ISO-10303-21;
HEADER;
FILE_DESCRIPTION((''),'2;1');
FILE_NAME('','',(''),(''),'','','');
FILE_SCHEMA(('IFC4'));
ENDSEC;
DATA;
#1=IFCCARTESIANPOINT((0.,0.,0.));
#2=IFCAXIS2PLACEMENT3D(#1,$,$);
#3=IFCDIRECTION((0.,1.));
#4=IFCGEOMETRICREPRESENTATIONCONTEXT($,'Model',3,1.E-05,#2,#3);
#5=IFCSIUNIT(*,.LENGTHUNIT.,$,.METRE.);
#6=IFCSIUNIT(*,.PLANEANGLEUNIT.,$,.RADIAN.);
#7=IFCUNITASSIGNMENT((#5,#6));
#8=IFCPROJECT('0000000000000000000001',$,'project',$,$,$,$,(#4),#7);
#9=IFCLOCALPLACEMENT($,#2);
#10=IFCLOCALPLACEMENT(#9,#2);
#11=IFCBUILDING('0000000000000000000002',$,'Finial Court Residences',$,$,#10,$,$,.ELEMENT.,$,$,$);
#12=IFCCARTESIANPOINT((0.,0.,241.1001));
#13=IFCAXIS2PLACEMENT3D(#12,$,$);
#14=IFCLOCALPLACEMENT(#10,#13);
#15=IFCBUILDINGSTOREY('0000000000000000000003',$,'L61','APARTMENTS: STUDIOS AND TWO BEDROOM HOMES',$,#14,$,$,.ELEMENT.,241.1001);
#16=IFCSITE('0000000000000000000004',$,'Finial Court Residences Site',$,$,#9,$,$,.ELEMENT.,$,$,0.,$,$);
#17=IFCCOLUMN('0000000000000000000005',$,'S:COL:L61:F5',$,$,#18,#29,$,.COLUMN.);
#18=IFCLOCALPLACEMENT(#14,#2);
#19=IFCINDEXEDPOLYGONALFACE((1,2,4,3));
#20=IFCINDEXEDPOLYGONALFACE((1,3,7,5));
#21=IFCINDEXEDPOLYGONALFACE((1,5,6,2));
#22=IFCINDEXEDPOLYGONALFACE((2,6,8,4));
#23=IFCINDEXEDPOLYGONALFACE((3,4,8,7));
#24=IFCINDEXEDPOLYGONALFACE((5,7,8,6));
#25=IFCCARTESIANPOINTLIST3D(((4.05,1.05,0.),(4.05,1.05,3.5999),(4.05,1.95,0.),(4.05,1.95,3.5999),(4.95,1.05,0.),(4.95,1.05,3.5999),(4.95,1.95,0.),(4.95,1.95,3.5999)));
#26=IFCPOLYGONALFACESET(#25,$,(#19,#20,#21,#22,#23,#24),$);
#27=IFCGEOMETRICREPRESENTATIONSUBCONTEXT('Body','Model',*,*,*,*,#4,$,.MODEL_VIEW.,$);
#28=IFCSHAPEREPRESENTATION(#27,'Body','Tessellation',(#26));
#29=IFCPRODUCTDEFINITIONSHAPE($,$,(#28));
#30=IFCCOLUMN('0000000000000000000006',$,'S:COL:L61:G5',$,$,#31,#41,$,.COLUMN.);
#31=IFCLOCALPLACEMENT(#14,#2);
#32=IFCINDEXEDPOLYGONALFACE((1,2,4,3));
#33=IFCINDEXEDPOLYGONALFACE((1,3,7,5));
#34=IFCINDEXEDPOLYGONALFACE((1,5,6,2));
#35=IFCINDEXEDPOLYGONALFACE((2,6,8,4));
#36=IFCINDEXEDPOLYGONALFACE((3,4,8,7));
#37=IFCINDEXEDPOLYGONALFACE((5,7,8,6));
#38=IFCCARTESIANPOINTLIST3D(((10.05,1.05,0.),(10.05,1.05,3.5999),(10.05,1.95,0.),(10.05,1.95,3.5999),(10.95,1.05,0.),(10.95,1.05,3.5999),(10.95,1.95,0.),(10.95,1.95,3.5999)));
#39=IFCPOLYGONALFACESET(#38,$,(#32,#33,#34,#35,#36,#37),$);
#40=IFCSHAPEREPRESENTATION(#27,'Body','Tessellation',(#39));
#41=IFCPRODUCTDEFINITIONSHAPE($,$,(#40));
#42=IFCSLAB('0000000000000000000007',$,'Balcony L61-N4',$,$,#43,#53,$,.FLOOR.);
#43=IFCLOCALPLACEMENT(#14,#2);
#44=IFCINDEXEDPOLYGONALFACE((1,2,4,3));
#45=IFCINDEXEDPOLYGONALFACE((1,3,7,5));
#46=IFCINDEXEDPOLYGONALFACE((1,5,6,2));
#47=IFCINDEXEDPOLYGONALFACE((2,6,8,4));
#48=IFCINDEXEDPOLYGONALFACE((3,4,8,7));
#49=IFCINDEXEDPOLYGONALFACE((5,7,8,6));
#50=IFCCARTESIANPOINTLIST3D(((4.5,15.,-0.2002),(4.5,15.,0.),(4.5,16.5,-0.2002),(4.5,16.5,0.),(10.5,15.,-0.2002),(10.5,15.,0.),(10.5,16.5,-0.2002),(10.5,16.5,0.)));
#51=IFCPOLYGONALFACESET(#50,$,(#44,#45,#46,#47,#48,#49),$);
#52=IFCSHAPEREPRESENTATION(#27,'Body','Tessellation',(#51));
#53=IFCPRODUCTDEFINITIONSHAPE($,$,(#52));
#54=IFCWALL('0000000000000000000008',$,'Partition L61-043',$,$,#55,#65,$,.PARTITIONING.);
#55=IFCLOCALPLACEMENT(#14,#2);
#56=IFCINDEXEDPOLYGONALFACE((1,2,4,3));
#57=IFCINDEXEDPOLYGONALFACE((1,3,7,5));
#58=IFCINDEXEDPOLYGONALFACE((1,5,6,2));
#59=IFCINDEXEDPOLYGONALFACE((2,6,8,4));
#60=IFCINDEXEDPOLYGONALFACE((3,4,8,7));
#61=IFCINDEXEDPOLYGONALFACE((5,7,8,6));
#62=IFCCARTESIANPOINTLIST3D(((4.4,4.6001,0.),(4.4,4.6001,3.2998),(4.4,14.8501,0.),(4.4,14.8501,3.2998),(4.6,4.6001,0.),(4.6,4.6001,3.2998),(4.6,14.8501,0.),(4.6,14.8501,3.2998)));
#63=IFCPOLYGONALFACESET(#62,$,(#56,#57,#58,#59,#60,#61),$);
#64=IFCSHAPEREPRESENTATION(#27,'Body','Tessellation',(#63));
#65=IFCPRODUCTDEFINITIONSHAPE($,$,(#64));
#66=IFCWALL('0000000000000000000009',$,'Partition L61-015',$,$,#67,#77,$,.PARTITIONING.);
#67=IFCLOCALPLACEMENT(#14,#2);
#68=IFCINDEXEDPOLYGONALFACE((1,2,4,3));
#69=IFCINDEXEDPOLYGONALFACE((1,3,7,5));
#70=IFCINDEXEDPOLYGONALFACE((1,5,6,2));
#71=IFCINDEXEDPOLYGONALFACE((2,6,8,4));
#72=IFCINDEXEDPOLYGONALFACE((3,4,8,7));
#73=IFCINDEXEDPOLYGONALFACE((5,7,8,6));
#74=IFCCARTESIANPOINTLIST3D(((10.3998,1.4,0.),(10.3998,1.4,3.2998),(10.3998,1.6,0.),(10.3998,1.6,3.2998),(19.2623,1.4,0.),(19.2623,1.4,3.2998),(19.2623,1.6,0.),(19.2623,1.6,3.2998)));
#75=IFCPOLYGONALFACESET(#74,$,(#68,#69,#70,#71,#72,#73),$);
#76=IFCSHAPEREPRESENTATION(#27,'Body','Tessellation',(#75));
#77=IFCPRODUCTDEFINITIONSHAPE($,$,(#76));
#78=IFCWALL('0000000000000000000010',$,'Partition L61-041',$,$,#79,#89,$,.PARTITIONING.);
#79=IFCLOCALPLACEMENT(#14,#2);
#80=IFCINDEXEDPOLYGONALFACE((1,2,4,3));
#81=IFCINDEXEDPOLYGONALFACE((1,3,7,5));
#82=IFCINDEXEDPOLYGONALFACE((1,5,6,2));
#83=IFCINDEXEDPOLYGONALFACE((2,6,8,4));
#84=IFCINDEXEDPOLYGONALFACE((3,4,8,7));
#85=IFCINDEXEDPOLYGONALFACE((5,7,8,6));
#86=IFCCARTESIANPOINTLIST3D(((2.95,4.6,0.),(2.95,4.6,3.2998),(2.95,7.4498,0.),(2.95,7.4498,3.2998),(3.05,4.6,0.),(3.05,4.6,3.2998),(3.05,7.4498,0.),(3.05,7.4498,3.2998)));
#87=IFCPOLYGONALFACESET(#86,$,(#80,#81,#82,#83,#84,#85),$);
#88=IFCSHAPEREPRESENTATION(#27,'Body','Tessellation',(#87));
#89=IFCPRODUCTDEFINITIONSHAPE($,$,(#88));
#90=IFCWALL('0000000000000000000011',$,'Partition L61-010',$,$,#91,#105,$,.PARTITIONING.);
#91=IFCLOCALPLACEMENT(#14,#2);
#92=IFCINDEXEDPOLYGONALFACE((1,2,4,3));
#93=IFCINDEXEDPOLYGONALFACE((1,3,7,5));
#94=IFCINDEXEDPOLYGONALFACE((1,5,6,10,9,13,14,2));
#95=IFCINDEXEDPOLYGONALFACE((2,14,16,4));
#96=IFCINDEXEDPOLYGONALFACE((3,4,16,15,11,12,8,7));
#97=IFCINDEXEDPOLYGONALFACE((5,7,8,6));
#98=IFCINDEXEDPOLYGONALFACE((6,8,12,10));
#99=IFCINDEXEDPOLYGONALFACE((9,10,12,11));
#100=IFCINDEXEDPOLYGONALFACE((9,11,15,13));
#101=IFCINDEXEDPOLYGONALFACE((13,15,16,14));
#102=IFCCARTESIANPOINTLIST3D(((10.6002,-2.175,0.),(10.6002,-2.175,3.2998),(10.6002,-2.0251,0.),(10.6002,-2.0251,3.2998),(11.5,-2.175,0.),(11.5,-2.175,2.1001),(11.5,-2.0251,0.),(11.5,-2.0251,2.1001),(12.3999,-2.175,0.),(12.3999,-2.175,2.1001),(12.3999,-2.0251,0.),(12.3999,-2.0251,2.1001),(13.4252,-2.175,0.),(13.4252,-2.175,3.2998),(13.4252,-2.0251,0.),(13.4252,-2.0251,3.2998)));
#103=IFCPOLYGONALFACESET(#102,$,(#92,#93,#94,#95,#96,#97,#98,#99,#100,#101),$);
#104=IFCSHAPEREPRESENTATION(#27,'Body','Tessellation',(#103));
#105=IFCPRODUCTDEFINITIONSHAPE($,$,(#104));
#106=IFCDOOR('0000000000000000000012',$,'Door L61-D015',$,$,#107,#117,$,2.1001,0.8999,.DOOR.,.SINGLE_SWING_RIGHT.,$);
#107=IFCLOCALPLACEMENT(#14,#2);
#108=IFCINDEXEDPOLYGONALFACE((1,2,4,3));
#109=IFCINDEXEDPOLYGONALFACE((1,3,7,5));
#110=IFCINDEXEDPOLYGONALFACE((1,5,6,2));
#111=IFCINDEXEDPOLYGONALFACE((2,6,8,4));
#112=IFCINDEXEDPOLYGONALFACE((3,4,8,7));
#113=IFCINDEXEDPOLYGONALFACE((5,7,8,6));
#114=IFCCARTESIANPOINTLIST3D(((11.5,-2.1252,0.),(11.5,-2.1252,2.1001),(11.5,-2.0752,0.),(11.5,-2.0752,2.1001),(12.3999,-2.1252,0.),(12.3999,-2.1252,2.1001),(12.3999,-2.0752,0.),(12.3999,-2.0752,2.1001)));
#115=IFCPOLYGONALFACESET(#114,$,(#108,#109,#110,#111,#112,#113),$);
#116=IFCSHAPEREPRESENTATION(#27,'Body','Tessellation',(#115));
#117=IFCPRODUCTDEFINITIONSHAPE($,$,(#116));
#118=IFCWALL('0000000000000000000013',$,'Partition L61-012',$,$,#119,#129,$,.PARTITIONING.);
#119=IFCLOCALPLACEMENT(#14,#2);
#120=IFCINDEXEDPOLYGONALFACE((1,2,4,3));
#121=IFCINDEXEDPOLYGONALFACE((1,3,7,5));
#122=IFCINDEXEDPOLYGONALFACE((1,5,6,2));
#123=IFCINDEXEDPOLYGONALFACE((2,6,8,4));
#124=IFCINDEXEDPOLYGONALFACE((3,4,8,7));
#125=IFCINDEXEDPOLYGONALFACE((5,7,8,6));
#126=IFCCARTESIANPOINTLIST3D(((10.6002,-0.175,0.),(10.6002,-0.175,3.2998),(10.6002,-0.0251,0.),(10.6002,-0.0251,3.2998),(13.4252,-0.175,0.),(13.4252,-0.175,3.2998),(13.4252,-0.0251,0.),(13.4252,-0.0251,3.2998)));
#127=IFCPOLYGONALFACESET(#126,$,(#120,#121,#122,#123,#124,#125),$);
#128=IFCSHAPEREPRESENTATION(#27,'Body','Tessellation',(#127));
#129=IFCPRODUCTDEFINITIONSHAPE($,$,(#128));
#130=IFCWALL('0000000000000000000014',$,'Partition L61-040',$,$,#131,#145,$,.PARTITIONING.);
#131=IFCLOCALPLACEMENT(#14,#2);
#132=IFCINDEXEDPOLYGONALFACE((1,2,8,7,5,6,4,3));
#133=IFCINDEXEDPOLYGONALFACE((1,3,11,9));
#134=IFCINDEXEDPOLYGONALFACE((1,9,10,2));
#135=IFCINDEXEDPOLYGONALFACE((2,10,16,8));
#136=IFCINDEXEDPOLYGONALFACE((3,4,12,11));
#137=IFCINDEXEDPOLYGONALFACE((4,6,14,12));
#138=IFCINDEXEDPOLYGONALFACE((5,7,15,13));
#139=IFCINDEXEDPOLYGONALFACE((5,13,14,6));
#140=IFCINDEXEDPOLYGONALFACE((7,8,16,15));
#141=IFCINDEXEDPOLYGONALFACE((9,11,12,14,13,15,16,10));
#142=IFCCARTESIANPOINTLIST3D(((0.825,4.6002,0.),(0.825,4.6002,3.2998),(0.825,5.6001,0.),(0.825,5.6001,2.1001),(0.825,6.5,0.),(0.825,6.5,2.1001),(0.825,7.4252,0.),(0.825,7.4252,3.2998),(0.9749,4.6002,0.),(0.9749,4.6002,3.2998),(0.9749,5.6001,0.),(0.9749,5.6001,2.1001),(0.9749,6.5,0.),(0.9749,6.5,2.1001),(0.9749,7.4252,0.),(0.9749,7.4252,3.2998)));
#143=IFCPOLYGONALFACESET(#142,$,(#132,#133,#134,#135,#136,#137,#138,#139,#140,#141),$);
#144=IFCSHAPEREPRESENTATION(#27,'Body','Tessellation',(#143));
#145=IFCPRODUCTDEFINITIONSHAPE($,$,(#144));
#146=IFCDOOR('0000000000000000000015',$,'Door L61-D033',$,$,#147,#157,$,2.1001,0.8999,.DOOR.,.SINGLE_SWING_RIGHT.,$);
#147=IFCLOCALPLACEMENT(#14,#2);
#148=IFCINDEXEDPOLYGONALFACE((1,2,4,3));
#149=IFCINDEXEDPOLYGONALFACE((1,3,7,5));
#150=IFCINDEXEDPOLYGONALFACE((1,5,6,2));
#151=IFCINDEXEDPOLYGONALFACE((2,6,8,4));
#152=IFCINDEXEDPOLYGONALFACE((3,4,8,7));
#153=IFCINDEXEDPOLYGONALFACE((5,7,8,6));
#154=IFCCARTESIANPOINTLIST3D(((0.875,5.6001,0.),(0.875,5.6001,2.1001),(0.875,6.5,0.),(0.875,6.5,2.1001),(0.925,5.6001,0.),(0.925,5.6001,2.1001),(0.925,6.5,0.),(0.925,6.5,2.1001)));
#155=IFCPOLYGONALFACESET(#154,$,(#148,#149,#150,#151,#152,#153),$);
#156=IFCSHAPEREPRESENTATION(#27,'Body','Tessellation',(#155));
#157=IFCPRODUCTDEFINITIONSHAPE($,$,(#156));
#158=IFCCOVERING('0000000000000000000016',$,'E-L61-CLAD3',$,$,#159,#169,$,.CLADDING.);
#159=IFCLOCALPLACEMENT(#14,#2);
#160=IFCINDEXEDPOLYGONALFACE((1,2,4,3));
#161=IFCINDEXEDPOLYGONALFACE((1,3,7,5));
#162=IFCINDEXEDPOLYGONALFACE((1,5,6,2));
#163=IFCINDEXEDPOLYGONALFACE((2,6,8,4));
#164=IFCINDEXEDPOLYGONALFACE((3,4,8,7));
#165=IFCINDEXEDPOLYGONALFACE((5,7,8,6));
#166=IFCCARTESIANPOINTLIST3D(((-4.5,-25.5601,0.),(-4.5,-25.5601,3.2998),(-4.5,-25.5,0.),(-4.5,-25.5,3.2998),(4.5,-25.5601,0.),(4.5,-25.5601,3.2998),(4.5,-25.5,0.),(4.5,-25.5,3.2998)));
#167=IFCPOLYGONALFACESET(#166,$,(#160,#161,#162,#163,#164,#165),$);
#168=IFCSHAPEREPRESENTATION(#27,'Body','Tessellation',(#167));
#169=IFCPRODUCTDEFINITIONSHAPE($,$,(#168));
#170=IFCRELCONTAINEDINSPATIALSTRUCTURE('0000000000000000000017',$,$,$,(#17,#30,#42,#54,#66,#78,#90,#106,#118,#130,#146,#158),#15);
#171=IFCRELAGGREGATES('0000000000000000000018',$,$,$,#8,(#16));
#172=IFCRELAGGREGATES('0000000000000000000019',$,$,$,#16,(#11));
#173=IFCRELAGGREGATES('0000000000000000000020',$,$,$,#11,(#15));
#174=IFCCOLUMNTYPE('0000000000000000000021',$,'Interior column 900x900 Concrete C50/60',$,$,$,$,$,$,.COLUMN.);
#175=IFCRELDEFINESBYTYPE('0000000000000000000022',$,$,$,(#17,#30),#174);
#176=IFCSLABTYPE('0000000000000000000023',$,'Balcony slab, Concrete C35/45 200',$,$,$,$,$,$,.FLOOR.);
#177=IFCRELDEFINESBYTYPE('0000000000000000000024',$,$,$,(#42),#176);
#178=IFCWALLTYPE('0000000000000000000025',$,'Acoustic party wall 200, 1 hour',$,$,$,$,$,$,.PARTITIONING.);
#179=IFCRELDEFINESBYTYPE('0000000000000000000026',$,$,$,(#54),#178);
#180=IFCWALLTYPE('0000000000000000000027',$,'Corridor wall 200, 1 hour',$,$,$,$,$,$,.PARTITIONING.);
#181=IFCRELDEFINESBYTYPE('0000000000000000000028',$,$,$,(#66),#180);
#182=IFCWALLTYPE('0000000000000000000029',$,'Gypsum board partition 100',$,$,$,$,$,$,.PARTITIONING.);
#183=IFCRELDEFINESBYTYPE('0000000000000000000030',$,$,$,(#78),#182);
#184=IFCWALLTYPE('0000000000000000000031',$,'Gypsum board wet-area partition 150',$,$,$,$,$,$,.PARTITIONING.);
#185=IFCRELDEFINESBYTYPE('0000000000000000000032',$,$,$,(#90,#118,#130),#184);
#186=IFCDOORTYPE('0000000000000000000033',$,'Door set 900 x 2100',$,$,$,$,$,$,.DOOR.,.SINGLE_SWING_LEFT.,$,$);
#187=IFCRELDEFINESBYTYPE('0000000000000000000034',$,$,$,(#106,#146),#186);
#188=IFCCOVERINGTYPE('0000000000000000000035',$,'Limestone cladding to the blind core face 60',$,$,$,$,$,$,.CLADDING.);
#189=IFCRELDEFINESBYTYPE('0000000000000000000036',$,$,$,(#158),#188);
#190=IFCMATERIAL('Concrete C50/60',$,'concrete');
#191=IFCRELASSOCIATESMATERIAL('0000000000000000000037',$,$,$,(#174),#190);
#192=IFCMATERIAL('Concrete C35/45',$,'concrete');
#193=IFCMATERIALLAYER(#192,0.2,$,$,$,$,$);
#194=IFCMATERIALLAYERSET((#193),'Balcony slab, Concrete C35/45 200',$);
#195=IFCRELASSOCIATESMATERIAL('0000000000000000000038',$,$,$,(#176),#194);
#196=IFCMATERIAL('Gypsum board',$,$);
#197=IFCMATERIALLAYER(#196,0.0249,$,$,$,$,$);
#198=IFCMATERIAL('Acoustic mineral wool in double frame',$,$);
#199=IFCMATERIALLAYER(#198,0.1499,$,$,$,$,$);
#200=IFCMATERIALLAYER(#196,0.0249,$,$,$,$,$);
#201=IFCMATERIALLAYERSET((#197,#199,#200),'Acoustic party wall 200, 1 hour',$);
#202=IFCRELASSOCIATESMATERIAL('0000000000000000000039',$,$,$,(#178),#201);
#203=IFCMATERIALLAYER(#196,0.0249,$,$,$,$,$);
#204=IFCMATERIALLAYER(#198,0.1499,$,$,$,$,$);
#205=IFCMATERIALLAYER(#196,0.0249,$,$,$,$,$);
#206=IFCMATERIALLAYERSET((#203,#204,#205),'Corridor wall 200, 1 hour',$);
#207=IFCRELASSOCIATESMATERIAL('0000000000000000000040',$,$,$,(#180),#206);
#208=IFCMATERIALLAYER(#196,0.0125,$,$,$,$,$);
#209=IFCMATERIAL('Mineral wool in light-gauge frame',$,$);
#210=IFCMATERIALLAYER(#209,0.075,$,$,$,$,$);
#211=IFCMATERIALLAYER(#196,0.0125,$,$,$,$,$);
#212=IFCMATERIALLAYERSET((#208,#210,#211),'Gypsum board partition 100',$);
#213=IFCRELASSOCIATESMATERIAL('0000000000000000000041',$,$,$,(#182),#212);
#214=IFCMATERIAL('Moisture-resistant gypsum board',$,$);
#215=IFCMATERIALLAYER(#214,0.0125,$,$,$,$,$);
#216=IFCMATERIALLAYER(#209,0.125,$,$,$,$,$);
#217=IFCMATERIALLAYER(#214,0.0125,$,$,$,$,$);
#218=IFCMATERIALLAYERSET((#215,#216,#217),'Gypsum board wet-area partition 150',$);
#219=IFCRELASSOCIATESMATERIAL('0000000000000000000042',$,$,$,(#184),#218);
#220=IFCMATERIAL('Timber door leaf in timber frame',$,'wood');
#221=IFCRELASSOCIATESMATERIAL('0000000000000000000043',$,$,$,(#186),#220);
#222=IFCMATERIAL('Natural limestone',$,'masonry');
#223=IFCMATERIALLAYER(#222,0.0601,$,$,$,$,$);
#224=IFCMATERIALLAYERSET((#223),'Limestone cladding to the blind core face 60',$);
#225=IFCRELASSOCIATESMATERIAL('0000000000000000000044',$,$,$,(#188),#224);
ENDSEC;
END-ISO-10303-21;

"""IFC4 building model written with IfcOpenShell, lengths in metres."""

from ifc_helpers import new_model, si_unit, direction, frame, frame_2d, origin, origin_2d, place, context, subcontext, project, spatial, polyline, rectangle, outline, extrude, material, layer, layer_set, material_profile, profile_set, type_object, element, fill, save


model = new_model("IFC4")

# Units and contexts
model_context = context("Model", 3, precision=1e-05, world=origin(), true_north=direction((0.0, 1.0)))
body_context = subcontext(model_context, "Body", "Model", "MODEL_VIEW")
ifc_project = project(units=[si_unit("LENGTHUNIT", "METRE"), si_unit("PLANEANGLEUNIT", "RADIAN")], contexts=[model_context])

# Site, building, storey
site_placement = place(None, origin())
site = spatial("IfcSite", under=ifc_project, at=site_placement, Name="Finial Court Residences Site", CompositionType="ELEMENT", RefElevation=0.0)
building_placement = place(site_placement, origin())
building = spatial("IfcBuilding", under=site, at=building_placement, Name="Finial Court Residences", CompositionType="ELEMENT")
storey_placement = place(building_placement, frame((0.0, 0.0, 241.1001)))
storey = spatial("IfcBuildingStorey", under=building, at=storey_placement, Name="L61", Description="APARTMENTS: STUDIOS AND TWO BEDROOM HOMES", CompositionType="ELEMENT", Elevation=241.1001)

# Columns
ifc_material_1 = material(Name="Concrete C50/60", Category="concrete")
ifc_material_profile = material_profile(ifc_material_1, rectangle(XDim=0.8999, YDim=0.8999, at=origin_2d()), Name="900x900")
ifc_profile_set = profile_set([ifc_material_profile], Name="Concrete C50/60")
column_type = type_object("IfcColumnType", Name="Interior column 900x900 Concrete C50/60", PredefinedType="COLUMN", material=ifc_profile_set)
for number, where, z_axis, x_axis, name in (
    (1, (4.5, 1.5, 0.0), (0.0, 0.0, 1.0), (1.0, 0.0, 0.0), "S:COL:L61:F5"),
    (2, (10.5, 1.5, 0.0), (0.0, 0.0, 1.0), (1.0, 0.0, 0.0), "S:COL:L61:G5"),
):
    element("IfcColumn", number, at=place(storey_placement, frame(where, z_axis=z_axis, x_axis=x_axis)), inside=storey, type_object=column_type, Name=name, PredefinedType="COLUMN", context=body_context, shape_type="SweptSolid", body=[
        extrude(rectangle(XDim=0.8999, YDim=0.8999, at=origin_2d()), origin(), (0.0, 0.0, 1.0), 3.5999),
    ])

# Slab
ifc_material_2 = material(Name="Concrete C35/45", Category="concrete")
ifc_layer_1 = layer(ifc_material_2, 0.2)
ifc_layer_set_1 = layer_set([ifc_layer_1], Name="Balcony slab, Concrete C35/45 200")
slab_type = type_object("IfcSlabType", Name="Balcony slab, Concrete C35/45 200", PredefinedType="FLOOR", material=ifc_layer_set_1)
slab_placement = place(storey_placement, frame((0.0, 0.0, -0.2002)))
element("IfcSlab", 3, at=slab_placement, inside=storey, type_object=slab_type, Name="Balcony L61-N4", PredefinedType="FLOOR", context=body_context, shape_type="SweptSolid", body=[
    extrude(outline(polyline([(10.5, 15.0), (10.5, 16.5), (4.5, 16.5), (4.5, 15.0), (10.5, 15.0)])), origin(), (0.0, 0.0, 1.0), 0.2002),
])

# Walls
ifc_material_3 = material(Name="Gypsum board")
ifc_layer_2 = layer(ifc_material_3, 0.0249)
ifc_material_4 = material(Name="Acoustic mineral wool in double frame")
ifc_layer_3 = layer(ifc_material_4, 0.1499)
ifc_layer_4 = layer(ifc_material_3, 0.0249)
ifc_layer_set_2 = layer_set([ifc_layer_2, ifc_layer_3, ifc_layer_4], Name="Acoustic party wall 200, 1 hour")
wall_type_1 = type_object("IfcWallType", Name="Acoustic party wall 200, 1 hour", PredefinedType="PARTITIONING", material=ifc_layer_set_2)
wall_1_placement = place(storey_placement, frame((4.5, 4.6001, 0.0), z_axis=(0.0, 0.0, 1.0), x_axis=(0.0, 1.0, 0.0)))
element("IfcWall", 4, at=wall_1_placement, inside=storey, type_object=wall_type_1, Name="Partition L61-043", PredefinedType="PARTITIONING", context=body_context, shape_type="SweptSolid", body=[
    extrude(rectangle(XDim=10.25, YDim=0.2, at=frame_2d((5.125, 0.0))), origin(), (0.0, 0.0, 1.0), 3.2998),
])
ifc_layer_5 = layer(ifc_material_3, 0.0249)
ifc_layer_6 = layer(ifc_material_4, 0.1499)
ifc_layer_7 = layer(ifc_material_3, 0.0249)
ifc_layer_set_3 = layer_set([ifc_layer_5, ifc_layer_6, ifc_layer_7], Name="Corridor wall 200, 1 hour")
wall_type_2 = type_object("IfcWallType", Name="Corridor wall 200, 1 hour", PredefinedType="PARTITIONING", material=ifc_layer_set_3)
wall_2_placement = place(storey_placement, frame((10.3999, 1.5, 0.0), z_axis=(0.0, 0.0, 1.0), x_axis=(1.0, 0.0, 0.0)))
element("IfcWall", 5, at=wall_2_placement, inside=storey, type_object=wall_type_2, Name="Partition L61-015", PredefinedType="PARTITIONING", context=body_context, shape_type="SweptSolid", body=[
    extrude(rectangle(XDim=8.8625, YDim=0.2, at=frame_2d((4.4312, 0.0))), origin(), (0.0, 0.0, 1.0), 3.2998),
])
ifc_layer_8 = layer(ifc_material_3, 0.0125)
ifc_material_5 = material(Name="Mineral wool in light-gauge frame")
ifc_layer_9 = layer(ifc_material_5, 0.075)
ifc_layer_10 = layer(ifc_material_3, 0.0125)
ifc_layer_set_4 = layer_set([ifc_layer_8, ifc_layer_9, ifc_layer_10], Name="Gypsum board partition 100")
wall_type_3 = type_object("IfcWallType", Name="Gypsum board partition 100", PredefinedType="PARTITIONING", material=ifc_layer_set_4)
wall_3_placement = place(storey_placement, frame((3.0, 4.6001, 0.0), z_axis=(0.0, 0.0, 1.0), x_axis=(0.0, 1.0, 0.0)))
element("IfcWall", 6, at=wall_3_placement, inside=storey, type_object=wall_type_3, Name="Partition L61-041", PredefinedType="PARTITIONING", context=body_context, shape_type="SweptSolid", body=[
    extrude(rectangle(XDim=2.8499, YDim=0.1001, at=frame_2d((1.4248, 0.0))), origin(), (0.0, 0.0, 1.0), 3.2998),
])

# Wall, opening, door
ifc_material_6 = material(Name="Moisture-resistant gypsum board")
ifc_layer_11 = layer(ifc_material_6, 0.0125)
ifc_layer_12 = layer(ifc_material_5, 0.125)
ifc_layer_13 = layer(ifc_material_6, 0.0125)
ifc_layer_set_5 = layer_set([ifc_layer_11, ifc_layer_12, ifc_layer_13], Name="Gypsum board wet-area partition 150")
wall_type_4 = type_object("IfcWallType", Name="Gypsum board wet-area partition 150", PredefinedType="PARTITIONING", material=ifc_layer_set_5)
wall_4_placement = place(storey_placement, frame((10.6001, -2.1001, 0.0), z_axis=(0.0, 0.0, 1.0), x_axis=(1.0, 0.0, 0.0)))
wall_4 = element("IfcWall", 7, at=wall_4_placement, inside=storey, type_object=wall_type_4, Name="Partition L61-010", PredefinedType="PARTITIONING", context=body_context, shape_type="SweptSolid", body=[
    extrude(rectangle(XDim=2.825, YDim=0.1499, at=frame_2d((1.4126, 0.0))), origin(), (0.0, 0.0, 1.0), 3.2998),
])
opening_1_placement = place(wall_4_placement, frame((0.8999, 0.0, 0.0)))
opening_1 = element("IfcOpeningElement", 8, at=opening_1_placement, cuts=wall_4, PredefinedType="OPENING", context=body_context, shape_type="SweptSolid", body=[
    extrude(rectangle(XDim=0.8999, YDim=2.1001, at=frame_2d((0.45, 1.05))), frame((0.0, 0.085, 0.0), z_axis=(0.0, -1.0, 0.0), x_axis=(1.0, 0.0, 0.0)), (0.0, 0.0, 1.0), 0.1699),
])
ifc_material_7 = material(Name="Timber door leaf in timber frame", Category="wood")
door_type = type_object("IfcDoorType", Name="Door set 900 x 2100", OperationType="SINGLE_SWING_LEFT", PredefinedType="DOOR", material=ifc_material_7)
door_1_placement = place(opening_1_placement, origin())
door_1 = element("IfcDoor", 9, at=door_1_placement, inside=storey, type_object=door_type, Name="Door L61-D015", OperationType="SINGLE_SWING_RIGHT", OverallHeight=2.1001, OverallWidth=0.8999, PredefinedType="DOOR", context=body_context, shape_type="SweptSolid", body=[
    extrude(rectangle(XDim=0.8999, YDim=2.1001, at=frame_2d((0.45, 1.05))), frame((0.0, 0.0249, 0.0), z_axis=(0.0, -1.0, 0.0), x_axis=(1.0, 0.0, 0.0)), (0.0, 0.0, 1.0), 0.05),
])
fill(opening_1, door_1)

# Wall
wall_5_placement = place(storey_placement, frame((10.6001, -0.1001, 0.0), z_axis=(0.0, 0.0, 1.0), x_axis=(1.0, 0.0, 0.0)))
element("IfcWall", 10, at=wall_5_placement, inside=storey, type_object=wall_type_4, Name="Partition L61-012", PredefinedType="PARTITIONING", context=body_context, shape_type="SweptSolid", body=[
    extrude(rectangle(XDim=2.825, YDim=0.1499, at=frame_2d((1.4126, 0.0))), origin(), (0.0, 0.0, 1.0), 3.2998),
])

# Wall, opening, door
wall_6_placement = place(storey_placement, frame((0.8999, 4.6001, 0.0), z_axis=(0.0, 0.0, 1.0), x_axis=(0.0, 1.0, 0.0)))
wall_6 = element("IfcWall", 11, at=wall_6_placement, inside=storey, type_object=wall_type_4, Name="Partition L61-040", PredefinedType="PARTITIONING", context=body_context, shape_type="SweptSolid", body=[
    extrude(rectangle(XDim=2.825, YDim=0.1499, at=frame_2d((1.4126, 0.0))), origin(), (0.0, 0.0, 1.0), 3.2998),
])
opening_2_placement = place(wall_6_placement, frame((1.0, 0.0, 0.0)))
opening_2 = element("IfcOpeningElement", 12, at=opening_2_placement, cuts=wall_6, PredefinedType="OPENING", context=body_context, shape_type="SweptSolid", body=[
    extrude(rectangle(XDim=0.8999, YDim=2.1001, at=frame_2d((0.45, 1.05))), frame((0.0, 0.085, 0.0), z_axis=(0.0, -1.0, 0.0), x_axis=(1.0, 0.0, 0.0)), (0.0, 0.0, 1.0), 0.1699),
])
door_2_placement = place(opening_2_placement, origin())
door_2 = element("IfcDoor", 13, at=door_2_placement, inside=storey, type_object=door_type, Name="Door L61-D033", OperationType="SINGLE_SWING_RIGHT", OverallHeight=2.1001, OverallWidth=0.8999, PredefinedType="DOOR", context=body_context, shape_type="SweptSolid", body=[
    extrude(rectangle(XDim=0.8999, YDim=2.1001, at=frame_2d((0.45, 1.05))), frame((0.0, 0.0249, 0.0), z_axis=(0.0, -1.0, 0.0), x_axis=(1.0, 0.0, 0.0)), (0.0, 0.0, 1.0), 0.05),
])
fill(opening_2, door_2)

# Covering
ifc_material_8 = material(Name="Natural limestone", Category="masonry")
ifc_layer_14 = layer(ifc_material_8, 0.0601)
ifc_layer_set_6 = layer_set([ifc_layer_14], Name="Limestone cladding to the blind core face 60")
covering_type_1 = type_object("IfcCoveringType", Name="Limestone cladding to the blind core face 60", PredefinedType="CLADDING", material=ifc_layer_set_6)
covering_1_placement = place(storey_placement, origin())
element("IfcCovering", 14, at=covering_1_placement, inside=storey, type_object=covering_type_1, Name="E-L61-CLAD3", PredefinedType="CLADDING", context=body_context, shape_type="SweptSolid", body=[
    extrude(outline(polyline([(4.5, -25.5601), (4.5, -25.5), (-4.5, -25.5), (-4.5, -25.5601), (4.5, -25.5601)])), origin(), (0.0, 0.0, 1.0), 3.2998),
])

save(model, "model.ifc")
